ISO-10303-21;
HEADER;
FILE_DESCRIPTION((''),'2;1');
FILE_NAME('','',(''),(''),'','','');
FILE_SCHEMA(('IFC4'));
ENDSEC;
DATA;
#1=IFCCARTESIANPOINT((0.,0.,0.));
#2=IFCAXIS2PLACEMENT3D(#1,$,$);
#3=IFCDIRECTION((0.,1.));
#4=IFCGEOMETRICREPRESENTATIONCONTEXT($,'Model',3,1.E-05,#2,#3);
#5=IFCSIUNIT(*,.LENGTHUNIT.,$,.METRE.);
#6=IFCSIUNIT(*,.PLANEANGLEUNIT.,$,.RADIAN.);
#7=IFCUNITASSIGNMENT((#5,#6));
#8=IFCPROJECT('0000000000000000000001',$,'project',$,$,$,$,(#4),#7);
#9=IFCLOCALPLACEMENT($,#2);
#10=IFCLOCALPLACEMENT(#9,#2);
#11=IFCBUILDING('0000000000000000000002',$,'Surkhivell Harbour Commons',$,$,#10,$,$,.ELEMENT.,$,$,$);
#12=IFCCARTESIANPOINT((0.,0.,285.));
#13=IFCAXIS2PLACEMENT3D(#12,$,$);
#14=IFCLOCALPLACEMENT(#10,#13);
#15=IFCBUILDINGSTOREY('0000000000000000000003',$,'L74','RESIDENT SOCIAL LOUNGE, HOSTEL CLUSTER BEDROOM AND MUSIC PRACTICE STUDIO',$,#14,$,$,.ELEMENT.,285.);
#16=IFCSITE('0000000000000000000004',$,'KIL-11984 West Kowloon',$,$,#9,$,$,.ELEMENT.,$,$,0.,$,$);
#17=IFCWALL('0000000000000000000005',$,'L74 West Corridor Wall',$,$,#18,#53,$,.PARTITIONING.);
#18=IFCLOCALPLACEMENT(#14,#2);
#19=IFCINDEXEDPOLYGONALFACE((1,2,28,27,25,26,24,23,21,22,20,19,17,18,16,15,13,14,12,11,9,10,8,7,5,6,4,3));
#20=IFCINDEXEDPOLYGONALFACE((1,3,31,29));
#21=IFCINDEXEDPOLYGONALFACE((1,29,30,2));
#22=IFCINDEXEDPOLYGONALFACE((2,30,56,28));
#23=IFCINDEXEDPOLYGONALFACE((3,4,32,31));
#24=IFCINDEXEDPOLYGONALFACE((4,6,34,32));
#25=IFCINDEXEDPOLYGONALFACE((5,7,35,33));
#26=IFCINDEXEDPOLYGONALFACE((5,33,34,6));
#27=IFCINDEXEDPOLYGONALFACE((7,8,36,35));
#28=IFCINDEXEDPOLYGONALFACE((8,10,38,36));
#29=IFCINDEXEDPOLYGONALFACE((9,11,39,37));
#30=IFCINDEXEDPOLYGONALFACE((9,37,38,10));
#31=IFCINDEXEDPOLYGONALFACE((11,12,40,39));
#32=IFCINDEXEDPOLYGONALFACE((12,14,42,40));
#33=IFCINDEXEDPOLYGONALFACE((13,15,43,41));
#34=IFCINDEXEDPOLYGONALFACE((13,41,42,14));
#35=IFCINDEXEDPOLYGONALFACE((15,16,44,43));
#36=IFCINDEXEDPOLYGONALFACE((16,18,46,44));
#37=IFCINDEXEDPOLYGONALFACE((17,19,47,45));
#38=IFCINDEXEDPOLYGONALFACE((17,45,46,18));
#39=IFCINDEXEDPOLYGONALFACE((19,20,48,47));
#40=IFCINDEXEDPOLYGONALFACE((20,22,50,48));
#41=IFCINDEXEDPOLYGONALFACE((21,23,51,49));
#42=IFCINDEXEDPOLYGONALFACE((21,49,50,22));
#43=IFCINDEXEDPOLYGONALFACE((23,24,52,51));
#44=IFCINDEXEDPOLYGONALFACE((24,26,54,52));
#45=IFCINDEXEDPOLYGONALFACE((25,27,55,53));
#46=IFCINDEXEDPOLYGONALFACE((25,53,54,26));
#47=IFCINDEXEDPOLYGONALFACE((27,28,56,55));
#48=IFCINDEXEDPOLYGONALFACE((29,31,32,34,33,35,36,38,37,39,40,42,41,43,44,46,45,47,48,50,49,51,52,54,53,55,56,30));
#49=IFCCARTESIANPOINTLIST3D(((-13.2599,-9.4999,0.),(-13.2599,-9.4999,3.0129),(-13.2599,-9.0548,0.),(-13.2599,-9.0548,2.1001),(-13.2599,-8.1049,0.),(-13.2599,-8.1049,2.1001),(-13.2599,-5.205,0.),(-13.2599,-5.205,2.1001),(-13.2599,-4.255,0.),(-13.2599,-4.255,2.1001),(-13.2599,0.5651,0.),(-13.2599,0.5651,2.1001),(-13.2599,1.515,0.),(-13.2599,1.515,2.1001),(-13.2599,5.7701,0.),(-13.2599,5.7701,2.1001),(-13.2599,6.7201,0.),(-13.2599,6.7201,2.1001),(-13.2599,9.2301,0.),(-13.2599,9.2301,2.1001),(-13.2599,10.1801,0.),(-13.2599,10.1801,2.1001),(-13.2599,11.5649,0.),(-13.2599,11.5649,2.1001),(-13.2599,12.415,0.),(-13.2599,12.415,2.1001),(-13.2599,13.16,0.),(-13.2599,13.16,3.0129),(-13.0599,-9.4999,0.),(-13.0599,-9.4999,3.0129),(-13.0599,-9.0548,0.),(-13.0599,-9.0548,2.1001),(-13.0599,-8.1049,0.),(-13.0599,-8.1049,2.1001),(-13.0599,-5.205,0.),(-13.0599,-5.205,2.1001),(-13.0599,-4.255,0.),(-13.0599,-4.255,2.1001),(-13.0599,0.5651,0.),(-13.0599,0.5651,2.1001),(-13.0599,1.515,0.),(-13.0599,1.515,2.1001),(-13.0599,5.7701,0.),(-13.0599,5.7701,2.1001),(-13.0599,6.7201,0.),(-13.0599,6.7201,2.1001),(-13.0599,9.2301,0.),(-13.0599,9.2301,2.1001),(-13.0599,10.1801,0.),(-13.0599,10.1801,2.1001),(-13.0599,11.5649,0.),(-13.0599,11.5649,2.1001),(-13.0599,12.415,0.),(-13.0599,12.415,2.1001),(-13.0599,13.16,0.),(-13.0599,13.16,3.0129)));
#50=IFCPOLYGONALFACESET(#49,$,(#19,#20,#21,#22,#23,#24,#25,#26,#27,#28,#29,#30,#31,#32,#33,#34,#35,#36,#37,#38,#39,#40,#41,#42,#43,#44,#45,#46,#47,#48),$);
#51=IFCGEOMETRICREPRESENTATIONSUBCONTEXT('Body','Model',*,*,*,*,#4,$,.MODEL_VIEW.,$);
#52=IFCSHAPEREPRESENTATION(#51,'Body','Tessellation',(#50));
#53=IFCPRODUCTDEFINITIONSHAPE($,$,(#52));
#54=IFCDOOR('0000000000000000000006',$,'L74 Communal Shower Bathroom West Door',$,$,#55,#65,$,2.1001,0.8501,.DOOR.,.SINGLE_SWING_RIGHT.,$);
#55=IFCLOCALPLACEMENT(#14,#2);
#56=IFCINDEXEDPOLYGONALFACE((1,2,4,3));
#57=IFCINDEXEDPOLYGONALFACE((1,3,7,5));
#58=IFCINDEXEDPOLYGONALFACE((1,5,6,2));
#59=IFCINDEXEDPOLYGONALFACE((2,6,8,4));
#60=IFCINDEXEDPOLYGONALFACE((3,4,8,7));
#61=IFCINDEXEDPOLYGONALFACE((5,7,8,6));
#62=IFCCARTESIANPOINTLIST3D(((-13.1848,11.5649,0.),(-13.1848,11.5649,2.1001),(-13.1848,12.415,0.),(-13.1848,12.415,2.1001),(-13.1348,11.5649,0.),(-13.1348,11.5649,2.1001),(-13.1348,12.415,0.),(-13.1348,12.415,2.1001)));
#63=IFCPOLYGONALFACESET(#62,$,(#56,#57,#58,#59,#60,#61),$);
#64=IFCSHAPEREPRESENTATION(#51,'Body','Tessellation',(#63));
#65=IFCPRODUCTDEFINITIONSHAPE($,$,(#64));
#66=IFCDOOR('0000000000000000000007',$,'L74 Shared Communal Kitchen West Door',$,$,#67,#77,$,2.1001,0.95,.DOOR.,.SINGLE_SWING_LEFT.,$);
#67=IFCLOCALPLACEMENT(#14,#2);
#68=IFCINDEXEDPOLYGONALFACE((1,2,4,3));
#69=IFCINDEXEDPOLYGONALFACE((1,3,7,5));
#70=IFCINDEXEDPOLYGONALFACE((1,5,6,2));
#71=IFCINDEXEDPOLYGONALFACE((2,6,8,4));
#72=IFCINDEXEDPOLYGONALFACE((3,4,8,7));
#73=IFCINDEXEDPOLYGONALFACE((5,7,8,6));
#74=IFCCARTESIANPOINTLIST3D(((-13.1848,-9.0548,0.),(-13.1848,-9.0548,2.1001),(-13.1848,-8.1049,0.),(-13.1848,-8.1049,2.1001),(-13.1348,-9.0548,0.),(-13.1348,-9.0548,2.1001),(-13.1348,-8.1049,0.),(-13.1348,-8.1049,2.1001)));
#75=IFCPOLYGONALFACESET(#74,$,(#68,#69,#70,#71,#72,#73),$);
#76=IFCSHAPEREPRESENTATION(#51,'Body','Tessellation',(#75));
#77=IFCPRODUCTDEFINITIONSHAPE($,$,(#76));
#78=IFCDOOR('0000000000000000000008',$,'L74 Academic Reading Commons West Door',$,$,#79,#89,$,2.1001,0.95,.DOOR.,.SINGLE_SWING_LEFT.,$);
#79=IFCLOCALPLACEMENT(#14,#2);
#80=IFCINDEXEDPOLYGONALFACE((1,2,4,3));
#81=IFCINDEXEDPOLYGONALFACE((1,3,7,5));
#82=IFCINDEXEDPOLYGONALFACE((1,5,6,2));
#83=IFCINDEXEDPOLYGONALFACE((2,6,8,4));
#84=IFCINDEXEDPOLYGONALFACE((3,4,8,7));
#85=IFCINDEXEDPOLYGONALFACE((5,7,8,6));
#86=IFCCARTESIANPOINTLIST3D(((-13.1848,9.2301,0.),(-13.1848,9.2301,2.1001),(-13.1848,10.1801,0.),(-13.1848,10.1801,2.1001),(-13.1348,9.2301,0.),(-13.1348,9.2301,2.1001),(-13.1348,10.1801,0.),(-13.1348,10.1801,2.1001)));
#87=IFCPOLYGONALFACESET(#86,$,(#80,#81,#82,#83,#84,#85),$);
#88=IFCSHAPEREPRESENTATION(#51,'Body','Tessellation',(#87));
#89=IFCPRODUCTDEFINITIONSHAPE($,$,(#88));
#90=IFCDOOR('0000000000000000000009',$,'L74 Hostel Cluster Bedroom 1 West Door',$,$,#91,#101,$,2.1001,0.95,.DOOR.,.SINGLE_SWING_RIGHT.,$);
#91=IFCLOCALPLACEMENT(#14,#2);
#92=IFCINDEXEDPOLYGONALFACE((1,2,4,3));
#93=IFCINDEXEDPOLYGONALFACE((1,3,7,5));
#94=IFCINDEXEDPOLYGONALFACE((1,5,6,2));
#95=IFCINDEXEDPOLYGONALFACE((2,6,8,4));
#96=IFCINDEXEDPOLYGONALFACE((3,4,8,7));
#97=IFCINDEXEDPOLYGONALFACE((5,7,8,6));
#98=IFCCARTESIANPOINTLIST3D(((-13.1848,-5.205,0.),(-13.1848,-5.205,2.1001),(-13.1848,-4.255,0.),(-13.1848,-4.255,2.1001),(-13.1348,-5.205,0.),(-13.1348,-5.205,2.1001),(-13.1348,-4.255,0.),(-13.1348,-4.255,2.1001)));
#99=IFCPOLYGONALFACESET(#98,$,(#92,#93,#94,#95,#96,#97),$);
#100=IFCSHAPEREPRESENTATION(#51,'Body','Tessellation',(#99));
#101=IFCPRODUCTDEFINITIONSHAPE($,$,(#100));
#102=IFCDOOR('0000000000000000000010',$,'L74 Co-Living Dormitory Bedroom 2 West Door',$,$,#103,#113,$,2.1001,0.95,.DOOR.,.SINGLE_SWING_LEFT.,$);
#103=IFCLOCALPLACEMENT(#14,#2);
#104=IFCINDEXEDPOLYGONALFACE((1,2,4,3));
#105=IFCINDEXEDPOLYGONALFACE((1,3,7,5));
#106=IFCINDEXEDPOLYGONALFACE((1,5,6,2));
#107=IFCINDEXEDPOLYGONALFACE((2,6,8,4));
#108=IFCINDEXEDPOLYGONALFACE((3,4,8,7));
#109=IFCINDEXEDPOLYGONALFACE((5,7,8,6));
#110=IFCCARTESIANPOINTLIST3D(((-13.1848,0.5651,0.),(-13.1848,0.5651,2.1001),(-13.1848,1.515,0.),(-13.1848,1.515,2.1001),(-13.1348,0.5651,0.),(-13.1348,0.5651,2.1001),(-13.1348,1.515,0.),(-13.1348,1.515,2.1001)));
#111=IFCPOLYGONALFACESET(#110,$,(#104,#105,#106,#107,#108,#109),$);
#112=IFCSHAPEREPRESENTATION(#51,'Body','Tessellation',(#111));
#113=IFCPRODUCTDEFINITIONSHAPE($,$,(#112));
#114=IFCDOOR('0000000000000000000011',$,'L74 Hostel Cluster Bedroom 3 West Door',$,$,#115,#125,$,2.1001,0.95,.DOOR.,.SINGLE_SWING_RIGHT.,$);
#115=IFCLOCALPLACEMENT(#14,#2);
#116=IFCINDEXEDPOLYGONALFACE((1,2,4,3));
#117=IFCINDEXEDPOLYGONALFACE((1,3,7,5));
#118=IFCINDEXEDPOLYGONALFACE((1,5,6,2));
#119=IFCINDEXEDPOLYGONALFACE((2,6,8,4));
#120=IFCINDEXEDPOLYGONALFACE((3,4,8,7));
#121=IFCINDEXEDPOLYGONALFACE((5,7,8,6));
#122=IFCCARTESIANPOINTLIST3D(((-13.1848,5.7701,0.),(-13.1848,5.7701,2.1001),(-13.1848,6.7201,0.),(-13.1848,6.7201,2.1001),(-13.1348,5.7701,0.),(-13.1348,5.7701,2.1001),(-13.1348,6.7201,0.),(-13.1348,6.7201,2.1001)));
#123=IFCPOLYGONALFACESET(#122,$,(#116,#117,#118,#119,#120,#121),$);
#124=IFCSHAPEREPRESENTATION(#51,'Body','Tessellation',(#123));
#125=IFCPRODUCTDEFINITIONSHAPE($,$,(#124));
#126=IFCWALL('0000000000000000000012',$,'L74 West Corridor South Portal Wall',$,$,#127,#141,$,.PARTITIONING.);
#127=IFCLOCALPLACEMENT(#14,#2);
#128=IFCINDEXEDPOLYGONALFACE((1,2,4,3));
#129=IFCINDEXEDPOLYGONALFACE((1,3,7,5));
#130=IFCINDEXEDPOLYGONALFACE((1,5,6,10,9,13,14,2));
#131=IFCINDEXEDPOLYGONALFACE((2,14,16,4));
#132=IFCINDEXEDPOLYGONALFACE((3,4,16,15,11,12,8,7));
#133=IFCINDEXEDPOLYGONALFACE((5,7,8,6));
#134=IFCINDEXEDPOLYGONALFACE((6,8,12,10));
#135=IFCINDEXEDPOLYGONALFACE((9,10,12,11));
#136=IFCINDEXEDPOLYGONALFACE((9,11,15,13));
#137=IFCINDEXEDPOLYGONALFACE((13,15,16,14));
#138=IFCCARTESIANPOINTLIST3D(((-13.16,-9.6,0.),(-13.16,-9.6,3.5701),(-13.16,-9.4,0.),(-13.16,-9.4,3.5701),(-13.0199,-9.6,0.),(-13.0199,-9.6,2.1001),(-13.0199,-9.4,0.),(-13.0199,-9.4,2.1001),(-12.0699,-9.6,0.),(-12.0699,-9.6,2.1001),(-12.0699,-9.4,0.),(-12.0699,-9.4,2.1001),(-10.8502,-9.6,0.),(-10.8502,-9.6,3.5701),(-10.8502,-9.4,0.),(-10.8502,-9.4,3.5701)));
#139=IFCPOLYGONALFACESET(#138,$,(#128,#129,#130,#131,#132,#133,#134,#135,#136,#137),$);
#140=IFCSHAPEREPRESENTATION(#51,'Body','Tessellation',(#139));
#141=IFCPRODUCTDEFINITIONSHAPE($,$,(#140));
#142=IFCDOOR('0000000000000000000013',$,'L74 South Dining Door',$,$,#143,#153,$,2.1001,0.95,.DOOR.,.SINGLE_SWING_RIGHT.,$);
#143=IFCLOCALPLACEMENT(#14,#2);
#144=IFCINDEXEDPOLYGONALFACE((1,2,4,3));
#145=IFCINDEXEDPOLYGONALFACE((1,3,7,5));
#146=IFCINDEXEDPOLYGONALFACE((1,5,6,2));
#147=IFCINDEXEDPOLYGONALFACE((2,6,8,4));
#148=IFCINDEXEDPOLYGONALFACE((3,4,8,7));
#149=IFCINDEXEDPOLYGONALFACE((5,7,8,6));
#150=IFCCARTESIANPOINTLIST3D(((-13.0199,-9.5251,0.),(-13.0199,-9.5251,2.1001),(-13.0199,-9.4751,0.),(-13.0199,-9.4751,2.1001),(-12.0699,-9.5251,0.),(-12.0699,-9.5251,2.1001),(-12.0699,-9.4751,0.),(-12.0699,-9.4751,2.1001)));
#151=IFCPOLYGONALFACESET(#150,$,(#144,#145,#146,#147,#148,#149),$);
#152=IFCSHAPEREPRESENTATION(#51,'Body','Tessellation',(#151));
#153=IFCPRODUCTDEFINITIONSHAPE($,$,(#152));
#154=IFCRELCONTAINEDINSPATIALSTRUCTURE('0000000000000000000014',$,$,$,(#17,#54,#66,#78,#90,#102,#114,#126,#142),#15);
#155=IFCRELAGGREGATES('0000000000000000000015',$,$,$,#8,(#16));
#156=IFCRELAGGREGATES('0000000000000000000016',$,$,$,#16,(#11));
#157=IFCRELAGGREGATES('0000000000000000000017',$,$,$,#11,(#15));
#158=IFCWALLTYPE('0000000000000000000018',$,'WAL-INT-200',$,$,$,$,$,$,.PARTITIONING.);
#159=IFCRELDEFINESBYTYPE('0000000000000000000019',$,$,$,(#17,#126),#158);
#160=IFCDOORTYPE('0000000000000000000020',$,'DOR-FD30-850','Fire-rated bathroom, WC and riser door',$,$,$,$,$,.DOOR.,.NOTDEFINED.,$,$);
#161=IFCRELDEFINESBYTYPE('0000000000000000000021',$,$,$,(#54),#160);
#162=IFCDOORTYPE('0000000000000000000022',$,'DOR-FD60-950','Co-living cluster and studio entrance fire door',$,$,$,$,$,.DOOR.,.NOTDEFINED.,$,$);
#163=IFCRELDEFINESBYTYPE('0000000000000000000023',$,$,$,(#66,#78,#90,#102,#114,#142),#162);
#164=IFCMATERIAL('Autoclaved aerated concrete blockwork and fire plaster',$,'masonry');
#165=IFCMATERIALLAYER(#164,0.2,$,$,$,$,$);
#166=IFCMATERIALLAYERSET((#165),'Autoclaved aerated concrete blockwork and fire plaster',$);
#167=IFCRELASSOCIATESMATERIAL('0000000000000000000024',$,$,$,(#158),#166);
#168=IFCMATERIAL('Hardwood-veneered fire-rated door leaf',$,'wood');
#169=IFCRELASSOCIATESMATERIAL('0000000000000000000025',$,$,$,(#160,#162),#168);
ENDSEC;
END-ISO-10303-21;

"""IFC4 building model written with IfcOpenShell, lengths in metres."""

from ifc_helpers import new_model, si_unit, direction, frame, frame_2d, origin, place, context, subcontext, project, spatial, rectangle, extrude, material, layer, layer_set, type_object, element, fill, save


model = new_model("IFC4")

# Units and contexts
model_context = context("Model", 3, precision=1e-05, world=origin(), true_north=direction((0.0, 1.0)))
body_context = subcontext(model_context, "Body", "Model", "MODEL_VIEW")
ifc_project = project(units=[si_unit("LENGTHUNIT", "METRE"), si_unit("PLANEANGLEUNIT", "RADIAN")], contexts=[model_context])

# Site, building, storey
site_placement = place(None, origin())
site = spatial("IfcSite", under=ifc_project, at=site_placement, Name="KIL-11984 West Kowloon", CompositionType="ELEMENT", RefElevation=0.0)
building_placement = place(site_placement, origin())
building = spatial("IfcBuilding", under=site, at=building_placement, Name="Surkhivell Harbour Commons", CompositionType="ELEMENT")
storey_placement = place(building_placement, frame((0.0, 0.0, 285.0)))
storey = spatial("IfcBuildingStorey", under=building, at=storey_placement, Name="L74", Description="RESIDENT SOCIAL LOUNGE, HOSTEL CLUSTER BEDROOM AND MUSIC PRACTICE STUDIO", CompositionType="ELEMENT", Elevation=285.0)

# Shared definitions
ifc_material_1 = material(Name="Hardwood-veneered fire-rated door leaf", Category="wood")

# Wall, openings, doors
ifc_material_2 = material(Name="Autoclaved aerated concrete blockwork and fire plaster", Category="masonry")
ifc_layer_1 = layer(ifc_material_2, 0.2)
ifc_layer_set_1 = layer_set([ifc_layer_1], Name="Autoclaved aerated concrete blockwork and fire plaster")
wall_type_1 = type_object("IfcWallType", Name="WAL-INT-200", PredefinedType="PARTITIONING", material=ifc_layer_set_1)
wall_1_placement = place(storey_placement, frame((-13.1599, -9.5, 0.0), z_axis=(0.0, 0.0, 1.0), x_axis=(0.0, 1.0, 0.0)))
wall_1 = element("IfcWall", 1, at=wall_1_placement, inside=storey, type_object=wall_type_1, Name="L74 West Corridor Wall", PredefinedType="PARTITIONING", context=body_context, shape_type="SweptSolid", body=[
    extrude(rectangle(XDim=22.6599, YDim=0.2, at=frame_2d((11.3301, 0.0))), origin(), (0.0, 0.0, 1.0), 3.0129),
])
opening_1_placement = place(wall_1_placement, frame((0.4451, 0.0, 0.0)))
opening_1 = element("IfcOpeningElement", 2, at=opening_1_placement, cuts=wall_1, PredefinedType="OPENING", context=body_context, shape_type="SweptSolid", body=[
    extrude(rectangle(XDim=0.95, YDim=2.1001, at=frame_2d((0.4751, 1.05))), frame((0.0, 0.1099, 0.0), z_axis=(0.0, -1.0, 0.0), x_axis=(1.0, 0.0, 0.0)), (0.0, 0.0, 1.0), 0.22),
])
opening_2_placement = place(wall_1_placement, frame((21.0649, 0.0, 0.0)))
opening_2 = element("IfcOpeningElement", 3, at=opening_2_placement, cuts=wall_1, PredefinedType="OPENING", context=body_context, shape_type="SweptSolid", body=[
    extrude(rectangle(XDim=0.8501, YDim=2.1001, at=frame_2d((0.425, 1.05))), frame((0.0, 0.1099, 0.0), z_axis=(0.0, -1.0, 0.0), x_axis=(1.0, 0.0, 0.0)), (0.0, 0.0, 1.0), 0.22),
])
opening_3_placement = place(wall_1_placement, frame((18.73, 0.0, 0.0)))
opening_3 = element("IfcOpeningElement", 4, at=opening_3_placement, cuts=wall_1, PredefinedType="OPENING", context=body_context, shape_type="SweptSolid", body=[
    extrude(rectangle(XDim=0.95, YDim=2.1001, at=frame_2d((0.4751, 1.05))), frame((0.0, 0.1099, 0.0), z_axis=(0.0, -1.0, 0.0), x_axis=(1.0, 0.0, 0.0)), (0.0, 0.0, 1.0), 0.22),
])
opening_4_placement = place(wall_1_placement, frame((4.2949, 0.0, 0.0)))
opening_4 = element("IfcOpeningElement", 5, at=opening_4_placement, cuts=wall_1, PredefinedType="OPENING", context=body_context, shape_type="SweptSolid", body=[
    extrude(rectangle(XDim=0.95, YDim=2.1001, at=frame_2d((0.4751, 1.05))), frame((0.0, 0.1099, 0.0), z_axis=(0.0, -1.0, 0.0), x_axis=(1.0, 0.0, 0.0)), (0.0, 0.0, 1.0), 0.22),
])
opening_5_placement = place(wall_1_placement, frame((10.0649, 0.0, 0.0)))
opening_5 = element("IfcOpeningElement", 6, at=opening_5_placement, cuts=wall_1, PredefinedType="OPENING", context=body_context, shape_type="SweptSolid", body=[
    extrude(rectangle(XDim=0.95, YDim=2.1001, at=frame_2d((0.4751, 1.05))), frame((0.0, 0.1099, 0.0), z_axis=(0.0, -1.0, 0.0), x_axis=(1.0, 0.0, 0.0)), (0.0, 0.0, 1.0), 0.22),
])
opening_6_placement = place(wall_1_placement, frame((15.27, 0.0, 0.0)))
opening_6 = element("IfcOpeningElement", 7, at=opening_6_placement, cuts=wall_1, PredefinedType="OPENING", context=body_context, shape_type="SweptSolid", body=[
    extrude(rectangle(XDim=0.95, YDim=2.1001, at=frame_2d((0.4751, 1.05))), frame((0.0, 0.1099, 0.0), z_axis=(0.0, -1.0, 0.0), x_axis=(1.0, 0.0, 0.0)), (0.0, 0.0, 1.0), 0.22),
])
door_type_1 = type_object("IfcDoorType", Name="DOR-FD30-850", Description="Fire-rated bathroom, WC and riser door", OperationType="NOTDEFINED", PredefinedType="DOOR", material=ifc_material_1)
door_1_placement = place(opening_2_placement, origin())
door_1 = element("IfcDoor", 8, at=door_1_placement, inside=storey, type_object=door_type_1, Name="L74 Communal Shower Bathroom West Door", OperationType="SINGLE_SWING_RIGHT", OverallHeight=2.1001, OverallWidth=0.8501, PredefinedType="DOOR", context=body_context, shape_type="SweptSolid", body=[
    extrude(rectangle(XDim=0.8501, YDim=2.1001, at=frame_2d((0.425, 1.05))), frame((0.0, 0.0249, 0.0), z_axis=(0.0, -1.0, 0.0), x_axis=(1.0, 0.0, 0.0)), (0.0, 0.0, 1.0), 0.05),
])
fill(opening_2, door_1)
door_type_2 = type_object("IfcDoorType", Name="DOR-FD60-950", Description="Co-living cluster and studio entrance fire door", OperationType="NOTDEFINED", PredefinedType="DOOR", material=ifc_material_1)
door_2_placement = place(opening_1_placement, origin())
door_2 = element("IfcDoor", 9, at=door_2_placement, inside=storey, type_object=door_type_2, Name="L74 Shared Communal Kitchen West Door", OperationType="SINGLE_SWING_LEFT", OverallHeight=2.1001, OverallWidth=0.95, PredefinedType="DOOR", context=body_context, shape_type="SweptSolid", body=[
    extrude(rectangle(XDim=0.95, YDim=2.1001, at=frame_2d((0.4751, 1.05))), frame((0.0, 0.0249, 0.0), z_axis=(0.0, -1.0, 0.0), x_axis=(1.0, 0.0, 0.0)), (0.0, 0.0, 1.0), 0.05),
])
fill(opening_1, door_2)
door_3_placement = place(opening_3_placement, origin())
door_3 = element("IfcDoor", 10, at=door_3_placement, inside=storey, type_object=door_type_2, Name="L74 Academic Reading Commons West Door", OperationType="SINGLE_SWING_LEFT", OverallHeight=2.1001, OverallWidth=0.95, PredefinedType="DOOR", context=body_context, shape_type="SweptSolid", body=[
    extrude(rectangle(XDim=0.95, YDim=2.1001, at=frame_2d((0.4751, 1.05))), frame((0.0, 0.0249, 0.0), z_axis=(0.0, -1.0, 0.0), x_axis=(1.0, 0.0, 0.0)), (0.0, 0.0, 1.0), 0.05),
])
fill(opening_3, door_3)
door_4_placement = place(opening_4_placement, origin())
door_4 = element("IfcDoor", 11, at=door_4_placement, inside=storey, type_object=door_type_2, Name="L74 Hostel Cluster Bedroom 1 West Door", OperationType="SINGLE_SWING_RIGHT", OverallHeight=2.1001, OverallWidth=0.95, PredefinedType="DOOR", context=body_context, shape_type="SweptSolid", body=[
    extrude(rectangle(XDim=0.95, YDim=2.1001, at=frame_2d((0.4751, 1.05))), frame((0.0, 0.0249, 0.0), z_axis=(0.0, -1.0, 0.0), x_axis=(1.0, 0.0, 0.0)), (0.0, 0.0, 1.0), 0.05),
])
fill(opening_4, door_4)
door_5_placement = place(opening_5_placement, origin())
door_5 = element("IfcDoor", 12, at=door_5_placement, inside=storey, type_object=door_type_2, Name="L74 Co-Living Dormitory Bedroom 2 West Door", OperationType="SINGLE_SWING_LEFT", OverallHeight=2.1001, OverallWidth=0.95, PredefinedType="DOOR", context=body_context, shape_type="SweptSolid", body=[
    extrude(rectangle(XDim=0.95, YDim=2.1001, at=frame_2d((0.4751, 1.05))), frame((0.0, 0.0249, 0.0), z_axis=(0.0, -1.0, 0.0), x_axis=(1.0, 0.0, 0.0)), (0.0, 0.0, 1.0), 0.05),
])
fill(opening_5, door_5)
door_6_placement = place(opening_6_placement, origin())
door_6 = element("IfcDoor", 13, at=door_6_placement, inside=storey, type_object=door_type_2, Name="L74 Hostel Cluster Bedroom 3 West Door", OperationType="SINGLE_SWING_RIGHT", OverallHeight=2.1001, OverallWidth=0.95, PredefinedType="DOOR", context=body_context, shape_type="SweptSolid", body=[
    extrude(rectangle(XDim=0.95, YDim=2.1001, at=frame_2d((0.4751, 1.05))), frame((0.0, 0.0249, 0.0), z_axis=(0.0, -1.0, 0.0), x_axis=(1.0, 0.0, 0.0)), (0.0, 0.0, 1.0), 0.05),
])
fill(opening_6, door_6)

# Wall, opening, door
wall_2_placement = place(storey_placement, frame((-13.1599, -9.5, 0.0), z_axis=(0.0, 0.0, 1.0), x_axis=(1.0, 0.0, 0.0)))
wall_2 = element("IfcWall", 14, at=wall_2_placement, inside=storey, type_object=wall_type_1, Name="L74 West Corridor South Portal Wall", PredefinedType="PARTITIONING", context=body_context, shape_type="SweptSolid", body=[
    extrude(rectangle(XDim=2.3098, YDim=0.2, at=frame_2d((1.1548, 0.0))), origin(), (0.0, 0.0, 1.0), 3.5701),
])
opening_7_placement = place(wall_2_placement, frame((0.1399, 0.0, 0.0)))
opening_7 = element("IfcOpeningElement", 15, at=opening_7_placement, cuts=wall_2, PredefinedType="OPENING", context=body_context, shape_type="SweptSolid", body=[
    extrude(rectangle(XDim=0.95, YDim=2.1001, at=frame_2d((0.4751, 1.05))), frame((0.0, 0.1099, 0.0), z_axis=(0.0, -1.0, 0.0), x_axis=(1.0, 0.0, 0.0)), (0.0, 0.0, 1.0), 0.22),
])
door_7_placement = place(opening_7_placement, origin())
door_7 = element("IfcDoor", 16, at=door_7_placement, inside=storey, type_object=door_type_2, Name="L74 South Dining Door", OperationType="SINGLE_SWING_RIGHT", OverallHeight=2.1001, OverallWidth=0.95, PredefinedType="DOOR", context=body_context, shape_type="SweptSolid", body=[
    extrude(rectangle(XDim=0.95, YDim=2.1001, at=frame_2d((0.4751, 1.05))), frame((0.0, 0.0249, 0.0), z_axis=(0.0, -1.0, 0.0), x_axis=(1.0, 0.0, 0.0)), (0.0, 0.0, 1.0), 0.05),
])
fill(opening_7, door_7)

save(model, "model.ifc")
